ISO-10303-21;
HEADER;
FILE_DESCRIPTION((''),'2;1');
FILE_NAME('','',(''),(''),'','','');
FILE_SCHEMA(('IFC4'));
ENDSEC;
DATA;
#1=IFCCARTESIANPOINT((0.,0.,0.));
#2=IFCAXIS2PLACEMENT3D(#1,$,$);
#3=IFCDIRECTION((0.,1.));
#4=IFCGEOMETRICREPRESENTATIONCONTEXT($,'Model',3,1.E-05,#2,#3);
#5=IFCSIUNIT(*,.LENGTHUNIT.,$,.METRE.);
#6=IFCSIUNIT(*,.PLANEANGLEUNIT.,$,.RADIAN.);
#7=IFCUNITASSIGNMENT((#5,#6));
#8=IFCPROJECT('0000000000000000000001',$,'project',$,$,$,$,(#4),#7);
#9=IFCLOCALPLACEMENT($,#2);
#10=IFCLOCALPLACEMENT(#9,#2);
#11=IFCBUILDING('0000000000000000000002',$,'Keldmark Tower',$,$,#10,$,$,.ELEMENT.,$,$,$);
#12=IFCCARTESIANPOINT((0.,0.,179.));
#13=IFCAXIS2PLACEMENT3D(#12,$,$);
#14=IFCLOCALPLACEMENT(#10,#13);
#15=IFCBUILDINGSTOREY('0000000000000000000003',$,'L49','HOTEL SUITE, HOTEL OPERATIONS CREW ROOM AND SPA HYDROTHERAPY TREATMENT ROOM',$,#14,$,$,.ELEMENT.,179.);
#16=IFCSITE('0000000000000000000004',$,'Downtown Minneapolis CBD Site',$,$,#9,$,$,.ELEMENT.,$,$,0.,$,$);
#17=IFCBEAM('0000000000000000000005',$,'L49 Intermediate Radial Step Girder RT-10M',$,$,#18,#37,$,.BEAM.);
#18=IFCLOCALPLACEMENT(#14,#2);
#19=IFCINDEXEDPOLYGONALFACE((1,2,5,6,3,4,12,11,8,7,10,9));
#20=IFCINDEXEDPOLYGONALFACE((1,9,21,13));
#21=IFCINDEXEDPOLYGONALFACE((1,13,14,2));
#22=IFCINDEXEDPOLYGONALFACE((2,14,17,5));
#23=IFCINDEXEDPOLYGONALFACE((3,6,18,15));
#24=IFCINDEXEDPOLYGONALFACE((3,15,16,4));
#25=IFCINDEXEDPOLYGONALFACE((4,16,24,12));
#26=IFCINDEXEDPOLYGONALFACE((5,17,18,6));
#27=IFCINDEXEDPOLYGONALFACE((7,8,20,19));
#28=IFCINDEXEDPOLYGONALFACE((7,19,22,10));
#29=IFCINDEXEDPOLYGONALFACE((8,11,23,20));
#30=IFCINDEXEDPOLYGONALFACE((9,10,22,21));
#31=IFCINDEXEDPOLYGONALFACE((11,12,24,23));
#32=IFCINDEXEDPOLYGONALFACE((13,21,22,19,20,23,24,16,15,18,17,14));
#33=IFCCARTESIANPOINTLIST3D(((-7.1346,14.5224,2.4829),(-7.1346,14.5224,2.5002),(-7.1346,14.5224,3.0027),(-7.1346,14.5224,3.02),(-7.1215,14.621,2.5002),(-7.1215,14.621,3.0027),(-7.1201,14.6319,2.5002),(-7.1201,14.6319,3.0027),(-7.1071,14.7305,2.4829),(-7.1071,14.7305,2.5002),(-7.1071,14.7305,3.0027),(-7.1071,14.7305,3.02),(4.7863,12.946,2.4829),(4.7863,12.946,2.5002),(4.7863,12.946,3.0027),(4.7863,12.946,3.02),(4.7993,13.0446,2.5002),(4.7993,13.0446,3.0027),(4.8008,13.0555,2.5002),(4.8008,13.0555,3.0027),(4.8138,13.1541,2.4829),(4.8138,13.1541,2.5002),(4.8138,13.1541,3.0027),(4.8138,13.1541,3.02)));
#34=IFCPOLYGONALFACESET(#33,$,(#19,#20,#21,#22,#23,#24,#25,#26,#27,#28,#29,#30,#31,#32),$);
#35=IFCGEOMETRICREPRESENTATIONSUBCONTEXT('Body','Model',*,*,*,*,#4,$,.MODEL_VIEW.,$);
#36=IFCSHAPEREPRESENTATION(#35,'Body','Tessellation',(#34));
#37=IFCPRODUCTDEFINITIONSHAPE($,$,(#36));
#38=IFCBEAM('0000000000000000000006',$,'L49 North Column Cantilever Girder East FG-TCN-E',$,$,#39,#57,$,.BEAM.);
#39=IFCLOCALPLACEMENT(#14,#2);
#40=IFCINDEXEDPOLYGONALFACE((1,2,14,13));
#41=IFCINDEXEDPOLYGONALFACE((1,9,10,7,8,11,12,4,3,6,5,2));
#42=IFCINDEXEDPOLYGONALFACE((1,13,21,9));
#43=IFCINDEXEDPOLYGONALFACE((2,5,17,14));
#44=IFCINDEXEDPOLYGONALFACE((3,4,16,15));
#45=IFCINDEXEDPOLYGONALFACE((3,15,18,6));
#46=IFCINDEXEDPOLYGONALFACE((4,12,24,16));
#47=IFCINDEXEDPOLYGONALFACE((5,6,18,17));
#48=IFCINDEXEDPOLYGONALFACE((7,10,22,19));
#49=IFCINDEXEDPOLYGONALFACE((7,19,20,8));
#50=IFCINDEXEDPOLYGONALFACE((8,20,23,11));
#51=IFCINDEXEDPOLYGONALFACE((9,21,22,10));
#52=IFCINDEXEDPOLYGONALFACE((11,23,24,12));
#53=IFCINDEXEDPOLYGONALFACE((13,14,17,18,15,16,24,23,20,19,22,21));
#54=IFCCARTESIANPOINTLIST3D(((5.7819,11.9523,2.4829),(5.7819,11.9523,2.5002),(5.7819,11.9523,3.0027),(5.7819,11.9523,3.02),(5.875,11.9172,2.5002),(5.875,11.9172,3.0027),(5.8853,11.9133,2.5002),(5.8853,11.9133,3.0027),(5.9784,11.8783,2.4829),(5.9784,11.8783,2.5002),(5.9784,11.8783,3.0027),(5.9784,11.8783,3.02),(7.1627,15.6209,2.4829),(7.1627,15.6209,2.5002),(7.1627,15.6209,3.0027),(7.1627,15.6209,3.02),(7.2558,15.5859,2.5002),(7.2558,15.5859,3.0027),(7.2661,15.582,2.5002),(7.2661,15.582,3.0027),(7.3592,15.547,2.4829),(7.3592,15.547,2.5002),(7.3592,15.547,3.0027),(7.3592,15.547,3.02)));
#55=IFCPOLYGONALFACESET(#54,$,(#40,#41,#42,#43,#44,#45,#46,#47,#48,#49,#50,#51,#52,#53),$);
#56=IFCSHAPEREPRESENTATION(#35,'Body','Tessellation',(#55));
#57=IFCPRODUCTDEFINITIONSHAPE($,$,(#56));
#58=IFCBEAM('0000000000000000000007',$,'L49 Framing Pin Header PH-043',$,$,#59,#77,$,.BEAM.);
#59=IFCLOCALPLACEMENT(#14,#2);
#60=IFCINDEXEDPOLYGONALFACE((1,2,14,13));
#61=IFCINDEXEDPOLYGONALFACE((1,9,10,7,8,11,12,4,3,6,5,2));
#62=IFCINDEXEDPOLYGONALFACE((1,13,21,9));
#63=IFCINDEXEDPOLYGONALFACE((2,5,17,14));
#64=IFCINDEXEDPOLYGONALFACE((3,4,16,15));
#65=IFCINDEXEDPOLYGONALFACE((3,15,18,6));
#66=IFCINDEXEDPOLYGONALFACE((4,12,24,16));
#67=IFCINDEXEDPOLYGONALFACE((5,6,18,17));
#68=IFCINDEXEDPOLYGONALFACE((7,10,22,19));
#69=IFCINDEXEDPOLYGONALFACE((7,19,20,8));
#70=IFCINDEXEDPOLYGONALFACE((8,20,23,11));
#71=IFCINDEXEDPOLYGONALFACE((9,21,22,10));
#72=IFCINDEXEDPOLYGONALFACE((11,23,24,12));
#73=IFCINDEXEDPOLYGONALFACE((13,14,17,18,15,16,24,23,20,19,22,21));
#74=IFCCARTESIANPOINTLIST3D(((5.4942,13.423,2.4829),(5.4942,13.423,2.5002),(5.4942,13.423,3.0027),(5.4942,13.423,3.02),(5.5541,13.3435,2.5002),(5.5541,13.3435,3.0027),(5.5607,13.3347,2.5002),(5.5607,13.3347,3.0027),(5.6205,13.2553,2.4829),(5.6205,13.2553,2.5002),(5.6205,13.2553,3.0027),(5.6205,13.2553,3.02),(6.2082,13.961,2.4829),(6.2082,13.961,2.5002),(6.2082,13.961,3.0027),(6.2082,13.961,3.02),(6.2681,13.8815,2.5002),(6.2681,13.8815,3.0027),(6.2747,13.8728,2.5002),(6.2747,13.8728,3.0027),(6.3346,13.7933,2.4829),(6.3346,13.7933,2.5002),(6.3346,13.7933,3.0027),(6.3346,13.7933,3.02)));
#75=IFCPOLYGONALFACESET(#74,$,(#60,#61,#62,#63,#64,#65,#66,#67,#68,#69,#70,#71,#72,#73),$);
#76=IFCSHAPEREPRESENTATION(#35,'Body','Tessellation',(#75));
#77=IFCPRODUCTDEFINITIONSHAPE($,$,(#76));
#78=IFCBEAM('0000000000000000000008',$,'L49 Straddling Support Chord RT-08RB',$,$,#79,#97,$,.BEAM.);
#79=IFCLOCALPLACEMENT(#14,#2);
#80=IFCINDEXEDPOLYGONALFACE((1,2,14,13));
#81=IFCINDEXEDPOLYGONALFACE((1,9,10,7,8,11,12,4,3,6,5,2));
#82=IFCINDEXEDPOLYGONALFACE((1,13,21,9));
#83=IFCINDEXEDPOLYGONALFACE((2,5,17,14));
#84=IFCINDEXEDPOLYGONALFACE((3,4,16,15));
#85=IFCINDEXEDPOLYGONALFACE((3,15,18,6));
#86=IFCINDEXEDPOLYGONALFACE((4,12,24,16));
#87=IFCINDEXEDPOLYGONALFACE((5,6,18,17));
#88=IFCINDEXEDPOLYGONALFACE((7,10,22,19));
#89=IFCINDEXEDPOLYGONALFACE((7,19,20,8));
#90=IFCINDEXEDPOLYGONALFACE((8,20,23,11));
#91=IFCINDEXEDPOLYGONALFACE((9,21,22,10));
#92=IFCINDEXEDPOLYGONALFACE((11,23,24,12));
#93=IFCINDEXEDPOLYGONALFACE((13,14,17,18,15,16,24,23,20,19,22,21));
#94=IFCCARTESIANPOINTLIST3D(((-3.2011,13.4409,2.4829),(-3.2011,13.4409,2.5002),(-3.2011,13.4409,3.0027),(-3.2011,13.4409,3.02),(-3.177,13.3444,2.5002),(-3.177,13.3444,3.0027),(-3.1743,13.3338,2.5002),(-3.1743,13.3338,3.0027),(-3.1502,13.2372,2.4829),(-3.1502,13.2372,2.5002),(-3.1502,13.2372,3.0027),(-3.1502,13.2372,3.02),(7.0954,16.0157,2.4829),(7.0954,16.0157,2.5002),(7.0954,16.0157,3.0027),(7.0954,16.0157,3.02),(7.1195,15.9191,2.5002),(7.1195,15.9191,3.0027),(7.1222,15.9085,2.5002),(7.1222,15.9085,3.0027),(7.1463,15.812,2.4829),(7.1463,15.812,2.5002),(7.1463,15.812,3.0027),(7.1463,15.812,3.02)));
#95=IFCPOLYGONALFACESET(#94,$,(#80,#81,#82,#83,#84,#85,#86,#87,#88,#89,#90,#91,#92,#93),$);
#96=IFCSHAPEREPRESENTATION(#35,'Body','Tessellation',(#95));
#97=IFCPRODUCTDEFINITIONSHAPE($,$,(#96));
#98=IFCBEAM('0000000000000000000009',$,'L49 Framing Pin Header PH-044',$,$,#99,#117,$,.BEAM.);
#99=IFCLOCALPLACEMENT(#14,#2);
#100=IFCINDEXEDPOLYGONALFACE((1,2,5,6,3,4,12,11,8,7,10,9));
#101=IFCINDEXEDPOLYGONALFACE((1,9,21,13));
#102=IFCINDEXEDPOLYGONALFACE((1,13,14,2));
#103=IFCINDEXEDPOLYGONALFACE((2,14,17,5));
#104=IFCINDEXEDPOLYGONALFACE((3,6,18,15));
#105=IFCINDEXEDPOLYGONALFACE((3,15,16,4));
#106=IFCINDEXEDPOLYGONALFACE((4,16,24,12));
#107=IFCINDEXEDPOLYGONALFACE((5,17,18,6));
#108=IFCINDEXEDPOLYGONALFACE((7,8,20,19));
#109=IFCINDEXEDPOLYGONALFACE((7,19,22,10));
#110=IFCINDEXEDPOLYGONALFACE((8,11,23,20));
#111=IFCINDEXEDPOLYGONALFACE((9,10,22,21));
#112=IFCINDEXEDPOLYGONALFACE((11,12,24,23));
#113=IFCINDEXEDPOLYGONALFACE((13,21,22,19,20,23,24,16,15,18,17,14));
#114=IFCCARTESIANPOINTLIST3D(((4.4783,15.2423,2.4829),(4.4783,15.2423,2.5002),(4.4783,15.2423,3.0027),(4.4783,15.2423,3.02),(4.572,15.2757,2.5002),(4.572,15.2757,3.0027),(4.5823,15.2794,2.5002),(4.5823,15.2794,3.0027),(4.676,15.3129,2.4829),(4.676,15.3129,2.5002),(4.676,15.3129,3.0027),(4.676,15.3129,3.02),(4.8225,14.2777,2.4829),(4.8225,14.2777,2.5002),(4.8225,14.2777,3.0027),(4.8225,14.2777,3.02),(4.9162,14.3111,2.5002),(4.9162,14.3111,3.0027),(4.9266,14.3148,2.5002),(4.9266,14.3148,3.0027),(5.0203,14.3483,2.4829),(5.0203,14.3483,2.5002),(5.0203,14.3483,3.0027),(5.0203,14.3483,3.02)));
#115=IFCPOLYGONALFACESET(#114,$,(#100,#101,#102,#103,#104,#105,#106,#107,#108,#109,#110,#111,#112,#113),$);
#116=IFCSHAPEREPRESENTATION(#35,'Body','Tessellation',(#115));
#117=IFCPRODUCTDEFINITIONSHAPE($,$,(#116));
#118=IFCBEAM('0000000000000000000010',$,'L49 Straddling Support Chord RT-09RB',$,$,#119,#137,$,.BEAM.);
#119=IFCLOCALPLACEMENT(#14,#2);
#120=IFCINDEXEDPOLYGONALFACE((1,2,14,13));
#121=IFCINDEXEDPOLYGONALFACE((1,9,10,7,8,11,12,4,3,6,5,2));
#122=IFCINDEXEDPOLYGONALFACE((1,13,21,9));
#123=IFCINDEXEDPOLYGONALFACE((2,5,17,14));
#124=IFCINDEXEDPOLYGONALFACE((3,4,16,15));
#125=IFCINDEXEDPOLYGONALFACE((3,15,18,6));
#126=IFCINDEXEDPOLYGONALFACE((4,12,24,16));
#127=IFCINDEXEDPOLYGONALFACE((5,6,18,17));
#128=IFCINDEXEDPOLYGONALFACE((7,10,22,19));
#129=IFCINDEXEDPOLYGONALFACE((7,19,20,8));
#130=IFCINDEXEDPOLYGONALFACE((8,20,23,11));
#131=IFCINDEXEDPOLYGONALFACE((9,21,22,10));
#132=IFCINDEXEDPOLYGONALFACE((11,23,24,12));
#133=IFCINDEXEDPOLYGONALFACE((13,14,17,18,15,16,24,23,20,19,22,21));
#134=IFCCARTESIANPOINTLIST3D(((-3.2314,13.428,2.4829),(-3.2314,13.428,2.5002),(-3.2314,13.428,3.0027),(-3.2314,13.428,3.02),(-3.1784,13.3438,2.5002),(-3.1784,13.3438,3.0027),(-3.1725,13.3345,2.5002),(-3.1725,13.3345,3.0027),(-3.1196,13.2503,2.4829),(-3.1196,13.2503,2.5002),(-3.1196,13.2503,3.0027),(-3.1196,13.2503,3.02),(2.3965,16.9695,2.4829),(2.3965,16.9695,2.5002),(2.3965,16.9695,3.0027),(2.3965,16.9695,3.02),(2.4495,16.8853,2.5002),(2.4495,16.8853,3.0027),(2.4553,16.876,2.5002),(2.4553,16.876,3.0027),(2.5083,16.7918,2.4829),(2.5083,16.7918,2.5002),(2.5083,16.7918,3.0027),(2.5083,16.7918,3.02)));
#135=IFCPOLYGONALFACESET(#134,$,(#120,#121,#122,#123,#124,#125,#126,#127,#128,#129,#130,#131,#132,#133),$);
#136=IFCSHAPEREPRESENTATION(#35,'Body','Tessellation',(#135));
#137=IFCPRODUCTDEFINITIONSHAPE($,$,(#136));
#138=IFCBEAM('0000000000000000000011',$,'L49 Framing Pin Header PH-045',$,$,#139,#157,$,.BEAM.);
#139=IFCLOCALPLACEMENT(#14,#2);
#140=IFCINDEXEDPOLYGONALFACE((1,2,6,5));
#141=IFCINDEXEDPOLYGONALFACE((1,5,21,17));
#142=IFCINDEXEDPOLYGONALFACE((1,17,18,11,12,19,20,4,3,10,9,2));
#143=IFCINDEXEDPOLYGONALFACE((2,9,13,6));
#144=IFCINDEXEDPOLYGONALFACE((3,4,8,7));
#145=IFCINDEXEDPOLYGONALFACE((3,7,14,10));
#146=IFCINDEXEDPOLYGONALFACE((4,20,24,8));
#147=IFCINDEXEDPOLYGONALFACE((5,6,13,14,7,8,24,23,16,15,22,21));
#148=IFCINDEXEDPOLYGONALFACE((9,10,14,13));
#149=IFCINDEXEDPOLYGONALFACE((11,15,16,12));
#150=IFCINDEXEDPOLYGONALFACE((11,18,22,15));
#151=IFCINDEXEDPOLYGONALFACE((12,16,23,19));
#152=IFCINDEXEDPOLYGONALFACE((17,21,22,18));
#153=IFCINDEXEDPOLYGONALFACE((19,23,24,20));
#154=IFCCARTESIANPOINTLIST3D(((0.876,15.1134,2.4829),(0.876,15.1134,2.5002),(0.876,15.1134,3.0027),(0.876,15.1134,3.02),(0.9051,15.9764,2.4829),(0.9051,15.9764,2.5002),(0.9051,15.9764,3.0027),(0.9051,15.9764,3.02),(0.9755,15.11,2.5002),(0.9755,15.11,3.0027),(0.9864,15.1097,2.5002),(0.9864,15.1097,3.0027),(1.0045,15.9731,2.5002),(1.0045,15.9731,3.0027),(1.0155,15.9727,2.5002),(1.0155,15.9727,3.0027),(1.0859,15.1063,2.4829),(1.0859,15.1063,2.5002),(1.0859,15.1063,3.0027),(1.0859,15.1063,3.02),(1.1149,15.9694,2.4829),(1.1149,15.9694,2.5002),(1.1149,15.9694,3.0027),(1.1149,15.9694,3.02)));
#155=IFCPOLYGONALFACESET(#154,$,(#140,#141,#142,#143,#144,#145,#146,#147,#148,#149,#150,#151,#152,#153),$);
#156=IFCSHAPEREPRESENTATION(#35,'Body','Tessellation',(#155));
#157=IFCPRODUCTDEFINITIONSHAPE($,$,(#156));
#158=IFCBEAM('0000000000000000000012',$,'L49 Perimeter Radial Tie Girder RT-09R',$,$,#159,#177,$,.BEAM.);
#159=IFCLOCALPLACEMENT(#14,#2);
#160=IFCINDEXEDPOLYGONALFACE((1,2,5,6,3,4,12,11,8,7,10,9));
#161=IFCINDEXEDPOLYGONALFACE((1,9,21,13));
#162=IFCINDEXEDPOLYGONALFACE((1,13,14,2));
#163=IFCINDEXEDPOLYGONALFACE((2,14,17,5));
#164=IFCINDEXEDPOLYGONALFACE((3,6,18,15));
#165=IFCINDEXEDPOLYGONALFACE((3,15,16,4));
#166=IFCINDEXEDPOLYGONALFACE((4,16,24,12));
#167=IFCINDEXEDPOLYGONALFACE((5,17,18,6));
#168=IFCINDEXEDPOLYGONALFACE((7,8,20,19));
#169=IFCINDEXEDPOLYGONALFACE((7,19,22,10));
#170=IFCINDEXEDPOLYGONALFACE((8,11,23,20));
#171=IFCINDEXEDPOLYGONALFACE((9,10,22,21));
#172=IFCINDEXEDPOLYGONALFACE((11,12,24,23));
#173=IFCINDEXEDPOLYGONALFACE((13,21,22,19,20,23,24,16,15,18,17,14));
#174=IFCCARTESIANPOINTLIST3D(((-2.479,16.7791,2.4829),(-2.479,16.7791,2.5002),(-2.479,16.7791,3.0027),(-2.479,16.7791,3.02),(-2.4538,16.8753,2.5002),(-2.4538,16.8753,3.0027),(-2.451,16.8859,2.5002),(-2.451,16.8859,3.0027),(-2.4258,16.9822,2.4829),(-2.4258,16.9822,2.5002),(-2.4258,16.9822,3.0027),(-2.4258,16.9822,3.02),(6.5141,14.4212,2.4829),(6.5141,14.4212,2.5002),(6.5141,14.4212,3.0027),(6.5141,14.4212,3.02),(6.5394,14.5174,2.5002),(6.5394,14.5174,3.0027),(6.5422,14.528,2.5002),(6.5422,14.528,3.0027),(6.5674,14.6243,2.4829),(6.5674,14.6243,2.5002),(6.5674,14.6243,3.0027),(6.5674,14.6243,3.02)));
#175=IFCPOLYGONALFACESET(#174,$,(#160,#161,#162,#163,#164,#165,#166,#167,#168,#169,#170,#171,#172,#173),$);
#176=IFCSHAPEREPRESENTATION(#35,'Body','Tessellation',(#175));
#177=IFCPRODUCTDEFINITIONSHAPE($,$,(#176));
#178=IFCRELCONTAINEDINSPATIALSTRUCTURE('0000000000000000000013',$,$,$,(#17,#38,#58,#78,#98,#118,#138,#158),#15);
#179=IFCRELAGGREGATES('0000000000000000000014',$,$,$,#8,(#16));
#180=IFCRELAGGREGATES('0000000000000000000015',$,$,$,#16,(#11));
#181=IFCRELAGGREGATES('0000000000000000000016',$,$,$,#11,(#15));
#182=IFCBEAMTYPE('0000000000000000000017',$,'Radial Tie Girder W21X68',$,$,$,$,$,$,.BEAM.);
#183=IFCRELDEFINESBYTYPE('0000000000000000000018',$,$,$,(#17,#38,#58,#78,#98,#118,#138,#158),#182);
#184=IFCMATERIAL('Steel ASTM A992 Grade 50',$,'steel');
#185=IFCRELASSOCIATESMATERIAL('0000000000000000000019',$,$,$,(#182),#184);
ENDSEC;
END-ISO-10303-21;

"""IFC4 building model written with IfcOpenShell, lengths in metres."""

from ifc_helpers import new_model, si_unit, direction, frame, origin, origin_2d, place, context, subcontext, project, spatial, i_section, extrude, material, material_profile, profile_set, type_object, element, save


model = new_model("IFC4")

# Units and contexts
model_context = context("Model", 3, precision=1e-05, world=origin(), true_north=direction((0.0, 1.0)))
body_context = subcontext(model_context, "Body", "Model", "MODEL_VIEW")
ifc_project = project(units=[si_unit("LENGTHUNIT", "METRE"), si_unit("PLANEANGLEUNIT", "RADIAN")], contexts=[model_context])

# Site, building, storey
site_placement = place(None, origin())
site = spatial("IfcSite", under=ifc_project, at=site_placement, Name="Downtown Minneapolis CBD Site", CompositionType="ELEMENT", RefElevation=0.0)
building_placement = place(site_placement, origin())
building = spatial("IfcBuilding", under=site, at=building_placement, Name="Keldmark Tower", CompositionType="ELEMENT")
storey_placement = place(building_placement, frame((0.0, 0.0, 179.0)))
storey = spatial("IfcBuildingStorey", under=building, at=storey_placement, Name="L49", Description="HOTEL SUITE, HOTEL OPERATIONS CREW ROOM AND SPA HYDROTHERAPY TREATMENT ROOM", CompositionType="ELEMENT", Elevation=179.0)

# Beams
ifc_material_1 = material(Name="Steel ASTM A992 Grade 50", Category="steel")
ifc_material_profile_1 = material_profile(ifc_material_1, i_section(OverallWidth=0.21, OverallDepth=0.5371, WebThickness=0.011, FlangeThickness=0.0173, at=origin_2d()), Name="W21X68")
ifc_profile_set_1 = profile_set([ifc_material_profile_1], Name="Steel ASTM A992 Grade 50")
beam_type_1 = type_object("IfcBeamType", Name="Radial Tie Girder W21X68", PredefinedType="BEAM", material=ifc_profile_set_1)
beam_1_placement = place(storey_placement, frame((4.8, 13.05, 2.7515), z_axis=(-0.991369, 0.131098, 0.0), x_axis=(-0.131098, -0.991369, 0.0)))
element("IfcBeam", 1, at=beam_1_placement, inside=storey, type_object=beam_type_1, Name="L49 Intermediate Radial Step Girder RT-10M", PredefinedType="BEAM", context=body_context, shape_type="SweptSolid", body=[
    extrude(i_section(OverallWidth=0.21, OverallDepth=0.5371, WebThickness=0.011, FlangeThickness=0.0173, at=origin_2d()), origin(), (0.0, 0.0, 1.0), 12.0247),
])
beam_2_placement = place(storey_placement, frame((5.8801, 11.9153, 2.7515), z_axis=(0.352263, 0.935901, 0.0), x_axis=(-0.935901, 0.352263, 0.0)))
element("IfcBeam", 2, at=beam_2_placement, inside=storey, type_object=beam_type_1, Name="L49 North Column Cantilever Girder East FG-TCN-E", PredefinedType="BEAM", context=body_context, shape_type="SweptSolid", body=[
    extrude(i_section(OverallWidth=0.21, OverallDepth=0.5371, WebThickness=0.011, FlangeThickness=0.0173, at=origin_2d()), origin(), (0.0, 0.0, 1.0), 3.9199),
])
beam_3_placement = place(storey_placement, frame((5.5574, 13.3391, 2.7515), z_axis=(0.798655, 0.60179, 0.0), x_axis=(-0.60179, 0.798655, 0.0)))
element("IfcBeam", 3, at=beam_3_placement, inside=storey, type_object=beam_type_1, Name="L49 Framing Pin Header PH-043", PredefinedType="BEAM", context=body_context, shape_type="SweptSolid", body=[
    extrude(i_section(OverallWidth=0.21, OverallDepth=0.5371, WebThickness=0.011, FlangeThickness=0.0173, at=origin_2d()), origin(), (0.0, 0.0, 1.0), 0.894),
])
beam_4_placement = place(storey_placement, frame((7.1208, 15.9138, 2.7515), z_axis=(-0.970129, -0.24259, 0.0), x_axis=(0.24259, -0.970129, 0.0)))
element("IfcBeam", 4, at=beam_4_placement, inside=storey, type_object=beam_type_1, Name="L49 Straddling Support Chord RT-08RB", PredefinedType="BEAM", context=body_context, shape_type="SweptSolid", body=[
    extrude(i_section(OverallWidth=0.21, OverallDepth=0.5371, WebThickness=0.011, FlangeThickness=0.0173, at=origin_2d()), origin(), (0.0, 0.0, 1.0), 10.6135),
])
beam_5_placement = place(storey_placement, frame((4.9214, 14.313, 2.7515), z_axis=(-0.33611, 0.941823, 0.0), x_axis=(-0.941823, -0.33611, 0.0)))
element("IfcBeam", 5, at=beam_5_placement, inside=storey, type_object=beam_type_1, Name="L49 Framing Pin Header PH-044", PredefinedType="BEAM", context=body_context, shape_type="SweptSolid", body=[
    extrude(i_section(OverallWidth=0.21, OverallDepth=0.5371, WebThickness=0.011, FlangeThickness=0.0173, at=origin_2d()), origin(), (0.0, 0.0, 1.0), 1.0242),
])
beam_6_placement = place(storey_placement, frame((2.4524, 16.8806, 2.7515), z_axis=(-0.846369, -0.532597, 0.0), x_axis=(0.532597, -0.846369, 0.0)))
element("IfcBeam", 6, at=beam_6_placement, inside=storey, type_object=beam_type_1, Name="L49 Straddling Support Chord RT-09RB", PredefinedType="BEAM", context=body_context, shape_type="SweptSolid", body=[
    extrude(i_section(OverallWidth=0.21, OverallDepth=0.5371, WebThickness=0.011, FlangeThickness=0.0173, at=origin_2d()), origin(), (0.0, 0.0, 1.0), 6.6494),
])
beam_7_placement = place(storey_placement, frame((0.981, 15.1099, 2.7515), z_axis=(0.033644, 0.999434, 0.0), x_axis=(-0.999434, 0.033644, 0.0)))
element("IfcBeam", 7, at=beam_7_placement, inside=storey, type_object=beam_type_1, Name="L49 Framing Pin Header PH-045", PredefinedType="BEAM", context=body_context, shape_type="SweptSolid", body=[
    extrude(i_section(OverallWidth=0.21, OverallDepth=0.5371, WebThickness=0.011, FlangeThickness=0.0173, at=origin_2d()), origin(), (0.0, 0.0, 1.0), 0.8635),
])
beam_8_placement = place(storey_placement, frame((6.5408, 14.5227, 2.7515), z_axis=(-0.967305, 0.253617, 0.0), x_axis=(-0.253617, -0.967305, 0.0)))
element("IfcBeam", 8, at=beam_8_placement, inside=storey, type_object=beam_type_1, Name="L49 Perimeter Radial Tie Girder RT-09R", PredefinedType="BEAM", context=body_context, shape_type="SweptSolid", body=[
    extrude(i_section(OverallWidth=0.21, OverallDepth=0.5371, WebThickness=0.011, FlangeThickness=0.0173, at=origin_2d()), origin(), (0.0, 0.0, 1.0), 9.2971),
])

save(model, "model.ifc")
